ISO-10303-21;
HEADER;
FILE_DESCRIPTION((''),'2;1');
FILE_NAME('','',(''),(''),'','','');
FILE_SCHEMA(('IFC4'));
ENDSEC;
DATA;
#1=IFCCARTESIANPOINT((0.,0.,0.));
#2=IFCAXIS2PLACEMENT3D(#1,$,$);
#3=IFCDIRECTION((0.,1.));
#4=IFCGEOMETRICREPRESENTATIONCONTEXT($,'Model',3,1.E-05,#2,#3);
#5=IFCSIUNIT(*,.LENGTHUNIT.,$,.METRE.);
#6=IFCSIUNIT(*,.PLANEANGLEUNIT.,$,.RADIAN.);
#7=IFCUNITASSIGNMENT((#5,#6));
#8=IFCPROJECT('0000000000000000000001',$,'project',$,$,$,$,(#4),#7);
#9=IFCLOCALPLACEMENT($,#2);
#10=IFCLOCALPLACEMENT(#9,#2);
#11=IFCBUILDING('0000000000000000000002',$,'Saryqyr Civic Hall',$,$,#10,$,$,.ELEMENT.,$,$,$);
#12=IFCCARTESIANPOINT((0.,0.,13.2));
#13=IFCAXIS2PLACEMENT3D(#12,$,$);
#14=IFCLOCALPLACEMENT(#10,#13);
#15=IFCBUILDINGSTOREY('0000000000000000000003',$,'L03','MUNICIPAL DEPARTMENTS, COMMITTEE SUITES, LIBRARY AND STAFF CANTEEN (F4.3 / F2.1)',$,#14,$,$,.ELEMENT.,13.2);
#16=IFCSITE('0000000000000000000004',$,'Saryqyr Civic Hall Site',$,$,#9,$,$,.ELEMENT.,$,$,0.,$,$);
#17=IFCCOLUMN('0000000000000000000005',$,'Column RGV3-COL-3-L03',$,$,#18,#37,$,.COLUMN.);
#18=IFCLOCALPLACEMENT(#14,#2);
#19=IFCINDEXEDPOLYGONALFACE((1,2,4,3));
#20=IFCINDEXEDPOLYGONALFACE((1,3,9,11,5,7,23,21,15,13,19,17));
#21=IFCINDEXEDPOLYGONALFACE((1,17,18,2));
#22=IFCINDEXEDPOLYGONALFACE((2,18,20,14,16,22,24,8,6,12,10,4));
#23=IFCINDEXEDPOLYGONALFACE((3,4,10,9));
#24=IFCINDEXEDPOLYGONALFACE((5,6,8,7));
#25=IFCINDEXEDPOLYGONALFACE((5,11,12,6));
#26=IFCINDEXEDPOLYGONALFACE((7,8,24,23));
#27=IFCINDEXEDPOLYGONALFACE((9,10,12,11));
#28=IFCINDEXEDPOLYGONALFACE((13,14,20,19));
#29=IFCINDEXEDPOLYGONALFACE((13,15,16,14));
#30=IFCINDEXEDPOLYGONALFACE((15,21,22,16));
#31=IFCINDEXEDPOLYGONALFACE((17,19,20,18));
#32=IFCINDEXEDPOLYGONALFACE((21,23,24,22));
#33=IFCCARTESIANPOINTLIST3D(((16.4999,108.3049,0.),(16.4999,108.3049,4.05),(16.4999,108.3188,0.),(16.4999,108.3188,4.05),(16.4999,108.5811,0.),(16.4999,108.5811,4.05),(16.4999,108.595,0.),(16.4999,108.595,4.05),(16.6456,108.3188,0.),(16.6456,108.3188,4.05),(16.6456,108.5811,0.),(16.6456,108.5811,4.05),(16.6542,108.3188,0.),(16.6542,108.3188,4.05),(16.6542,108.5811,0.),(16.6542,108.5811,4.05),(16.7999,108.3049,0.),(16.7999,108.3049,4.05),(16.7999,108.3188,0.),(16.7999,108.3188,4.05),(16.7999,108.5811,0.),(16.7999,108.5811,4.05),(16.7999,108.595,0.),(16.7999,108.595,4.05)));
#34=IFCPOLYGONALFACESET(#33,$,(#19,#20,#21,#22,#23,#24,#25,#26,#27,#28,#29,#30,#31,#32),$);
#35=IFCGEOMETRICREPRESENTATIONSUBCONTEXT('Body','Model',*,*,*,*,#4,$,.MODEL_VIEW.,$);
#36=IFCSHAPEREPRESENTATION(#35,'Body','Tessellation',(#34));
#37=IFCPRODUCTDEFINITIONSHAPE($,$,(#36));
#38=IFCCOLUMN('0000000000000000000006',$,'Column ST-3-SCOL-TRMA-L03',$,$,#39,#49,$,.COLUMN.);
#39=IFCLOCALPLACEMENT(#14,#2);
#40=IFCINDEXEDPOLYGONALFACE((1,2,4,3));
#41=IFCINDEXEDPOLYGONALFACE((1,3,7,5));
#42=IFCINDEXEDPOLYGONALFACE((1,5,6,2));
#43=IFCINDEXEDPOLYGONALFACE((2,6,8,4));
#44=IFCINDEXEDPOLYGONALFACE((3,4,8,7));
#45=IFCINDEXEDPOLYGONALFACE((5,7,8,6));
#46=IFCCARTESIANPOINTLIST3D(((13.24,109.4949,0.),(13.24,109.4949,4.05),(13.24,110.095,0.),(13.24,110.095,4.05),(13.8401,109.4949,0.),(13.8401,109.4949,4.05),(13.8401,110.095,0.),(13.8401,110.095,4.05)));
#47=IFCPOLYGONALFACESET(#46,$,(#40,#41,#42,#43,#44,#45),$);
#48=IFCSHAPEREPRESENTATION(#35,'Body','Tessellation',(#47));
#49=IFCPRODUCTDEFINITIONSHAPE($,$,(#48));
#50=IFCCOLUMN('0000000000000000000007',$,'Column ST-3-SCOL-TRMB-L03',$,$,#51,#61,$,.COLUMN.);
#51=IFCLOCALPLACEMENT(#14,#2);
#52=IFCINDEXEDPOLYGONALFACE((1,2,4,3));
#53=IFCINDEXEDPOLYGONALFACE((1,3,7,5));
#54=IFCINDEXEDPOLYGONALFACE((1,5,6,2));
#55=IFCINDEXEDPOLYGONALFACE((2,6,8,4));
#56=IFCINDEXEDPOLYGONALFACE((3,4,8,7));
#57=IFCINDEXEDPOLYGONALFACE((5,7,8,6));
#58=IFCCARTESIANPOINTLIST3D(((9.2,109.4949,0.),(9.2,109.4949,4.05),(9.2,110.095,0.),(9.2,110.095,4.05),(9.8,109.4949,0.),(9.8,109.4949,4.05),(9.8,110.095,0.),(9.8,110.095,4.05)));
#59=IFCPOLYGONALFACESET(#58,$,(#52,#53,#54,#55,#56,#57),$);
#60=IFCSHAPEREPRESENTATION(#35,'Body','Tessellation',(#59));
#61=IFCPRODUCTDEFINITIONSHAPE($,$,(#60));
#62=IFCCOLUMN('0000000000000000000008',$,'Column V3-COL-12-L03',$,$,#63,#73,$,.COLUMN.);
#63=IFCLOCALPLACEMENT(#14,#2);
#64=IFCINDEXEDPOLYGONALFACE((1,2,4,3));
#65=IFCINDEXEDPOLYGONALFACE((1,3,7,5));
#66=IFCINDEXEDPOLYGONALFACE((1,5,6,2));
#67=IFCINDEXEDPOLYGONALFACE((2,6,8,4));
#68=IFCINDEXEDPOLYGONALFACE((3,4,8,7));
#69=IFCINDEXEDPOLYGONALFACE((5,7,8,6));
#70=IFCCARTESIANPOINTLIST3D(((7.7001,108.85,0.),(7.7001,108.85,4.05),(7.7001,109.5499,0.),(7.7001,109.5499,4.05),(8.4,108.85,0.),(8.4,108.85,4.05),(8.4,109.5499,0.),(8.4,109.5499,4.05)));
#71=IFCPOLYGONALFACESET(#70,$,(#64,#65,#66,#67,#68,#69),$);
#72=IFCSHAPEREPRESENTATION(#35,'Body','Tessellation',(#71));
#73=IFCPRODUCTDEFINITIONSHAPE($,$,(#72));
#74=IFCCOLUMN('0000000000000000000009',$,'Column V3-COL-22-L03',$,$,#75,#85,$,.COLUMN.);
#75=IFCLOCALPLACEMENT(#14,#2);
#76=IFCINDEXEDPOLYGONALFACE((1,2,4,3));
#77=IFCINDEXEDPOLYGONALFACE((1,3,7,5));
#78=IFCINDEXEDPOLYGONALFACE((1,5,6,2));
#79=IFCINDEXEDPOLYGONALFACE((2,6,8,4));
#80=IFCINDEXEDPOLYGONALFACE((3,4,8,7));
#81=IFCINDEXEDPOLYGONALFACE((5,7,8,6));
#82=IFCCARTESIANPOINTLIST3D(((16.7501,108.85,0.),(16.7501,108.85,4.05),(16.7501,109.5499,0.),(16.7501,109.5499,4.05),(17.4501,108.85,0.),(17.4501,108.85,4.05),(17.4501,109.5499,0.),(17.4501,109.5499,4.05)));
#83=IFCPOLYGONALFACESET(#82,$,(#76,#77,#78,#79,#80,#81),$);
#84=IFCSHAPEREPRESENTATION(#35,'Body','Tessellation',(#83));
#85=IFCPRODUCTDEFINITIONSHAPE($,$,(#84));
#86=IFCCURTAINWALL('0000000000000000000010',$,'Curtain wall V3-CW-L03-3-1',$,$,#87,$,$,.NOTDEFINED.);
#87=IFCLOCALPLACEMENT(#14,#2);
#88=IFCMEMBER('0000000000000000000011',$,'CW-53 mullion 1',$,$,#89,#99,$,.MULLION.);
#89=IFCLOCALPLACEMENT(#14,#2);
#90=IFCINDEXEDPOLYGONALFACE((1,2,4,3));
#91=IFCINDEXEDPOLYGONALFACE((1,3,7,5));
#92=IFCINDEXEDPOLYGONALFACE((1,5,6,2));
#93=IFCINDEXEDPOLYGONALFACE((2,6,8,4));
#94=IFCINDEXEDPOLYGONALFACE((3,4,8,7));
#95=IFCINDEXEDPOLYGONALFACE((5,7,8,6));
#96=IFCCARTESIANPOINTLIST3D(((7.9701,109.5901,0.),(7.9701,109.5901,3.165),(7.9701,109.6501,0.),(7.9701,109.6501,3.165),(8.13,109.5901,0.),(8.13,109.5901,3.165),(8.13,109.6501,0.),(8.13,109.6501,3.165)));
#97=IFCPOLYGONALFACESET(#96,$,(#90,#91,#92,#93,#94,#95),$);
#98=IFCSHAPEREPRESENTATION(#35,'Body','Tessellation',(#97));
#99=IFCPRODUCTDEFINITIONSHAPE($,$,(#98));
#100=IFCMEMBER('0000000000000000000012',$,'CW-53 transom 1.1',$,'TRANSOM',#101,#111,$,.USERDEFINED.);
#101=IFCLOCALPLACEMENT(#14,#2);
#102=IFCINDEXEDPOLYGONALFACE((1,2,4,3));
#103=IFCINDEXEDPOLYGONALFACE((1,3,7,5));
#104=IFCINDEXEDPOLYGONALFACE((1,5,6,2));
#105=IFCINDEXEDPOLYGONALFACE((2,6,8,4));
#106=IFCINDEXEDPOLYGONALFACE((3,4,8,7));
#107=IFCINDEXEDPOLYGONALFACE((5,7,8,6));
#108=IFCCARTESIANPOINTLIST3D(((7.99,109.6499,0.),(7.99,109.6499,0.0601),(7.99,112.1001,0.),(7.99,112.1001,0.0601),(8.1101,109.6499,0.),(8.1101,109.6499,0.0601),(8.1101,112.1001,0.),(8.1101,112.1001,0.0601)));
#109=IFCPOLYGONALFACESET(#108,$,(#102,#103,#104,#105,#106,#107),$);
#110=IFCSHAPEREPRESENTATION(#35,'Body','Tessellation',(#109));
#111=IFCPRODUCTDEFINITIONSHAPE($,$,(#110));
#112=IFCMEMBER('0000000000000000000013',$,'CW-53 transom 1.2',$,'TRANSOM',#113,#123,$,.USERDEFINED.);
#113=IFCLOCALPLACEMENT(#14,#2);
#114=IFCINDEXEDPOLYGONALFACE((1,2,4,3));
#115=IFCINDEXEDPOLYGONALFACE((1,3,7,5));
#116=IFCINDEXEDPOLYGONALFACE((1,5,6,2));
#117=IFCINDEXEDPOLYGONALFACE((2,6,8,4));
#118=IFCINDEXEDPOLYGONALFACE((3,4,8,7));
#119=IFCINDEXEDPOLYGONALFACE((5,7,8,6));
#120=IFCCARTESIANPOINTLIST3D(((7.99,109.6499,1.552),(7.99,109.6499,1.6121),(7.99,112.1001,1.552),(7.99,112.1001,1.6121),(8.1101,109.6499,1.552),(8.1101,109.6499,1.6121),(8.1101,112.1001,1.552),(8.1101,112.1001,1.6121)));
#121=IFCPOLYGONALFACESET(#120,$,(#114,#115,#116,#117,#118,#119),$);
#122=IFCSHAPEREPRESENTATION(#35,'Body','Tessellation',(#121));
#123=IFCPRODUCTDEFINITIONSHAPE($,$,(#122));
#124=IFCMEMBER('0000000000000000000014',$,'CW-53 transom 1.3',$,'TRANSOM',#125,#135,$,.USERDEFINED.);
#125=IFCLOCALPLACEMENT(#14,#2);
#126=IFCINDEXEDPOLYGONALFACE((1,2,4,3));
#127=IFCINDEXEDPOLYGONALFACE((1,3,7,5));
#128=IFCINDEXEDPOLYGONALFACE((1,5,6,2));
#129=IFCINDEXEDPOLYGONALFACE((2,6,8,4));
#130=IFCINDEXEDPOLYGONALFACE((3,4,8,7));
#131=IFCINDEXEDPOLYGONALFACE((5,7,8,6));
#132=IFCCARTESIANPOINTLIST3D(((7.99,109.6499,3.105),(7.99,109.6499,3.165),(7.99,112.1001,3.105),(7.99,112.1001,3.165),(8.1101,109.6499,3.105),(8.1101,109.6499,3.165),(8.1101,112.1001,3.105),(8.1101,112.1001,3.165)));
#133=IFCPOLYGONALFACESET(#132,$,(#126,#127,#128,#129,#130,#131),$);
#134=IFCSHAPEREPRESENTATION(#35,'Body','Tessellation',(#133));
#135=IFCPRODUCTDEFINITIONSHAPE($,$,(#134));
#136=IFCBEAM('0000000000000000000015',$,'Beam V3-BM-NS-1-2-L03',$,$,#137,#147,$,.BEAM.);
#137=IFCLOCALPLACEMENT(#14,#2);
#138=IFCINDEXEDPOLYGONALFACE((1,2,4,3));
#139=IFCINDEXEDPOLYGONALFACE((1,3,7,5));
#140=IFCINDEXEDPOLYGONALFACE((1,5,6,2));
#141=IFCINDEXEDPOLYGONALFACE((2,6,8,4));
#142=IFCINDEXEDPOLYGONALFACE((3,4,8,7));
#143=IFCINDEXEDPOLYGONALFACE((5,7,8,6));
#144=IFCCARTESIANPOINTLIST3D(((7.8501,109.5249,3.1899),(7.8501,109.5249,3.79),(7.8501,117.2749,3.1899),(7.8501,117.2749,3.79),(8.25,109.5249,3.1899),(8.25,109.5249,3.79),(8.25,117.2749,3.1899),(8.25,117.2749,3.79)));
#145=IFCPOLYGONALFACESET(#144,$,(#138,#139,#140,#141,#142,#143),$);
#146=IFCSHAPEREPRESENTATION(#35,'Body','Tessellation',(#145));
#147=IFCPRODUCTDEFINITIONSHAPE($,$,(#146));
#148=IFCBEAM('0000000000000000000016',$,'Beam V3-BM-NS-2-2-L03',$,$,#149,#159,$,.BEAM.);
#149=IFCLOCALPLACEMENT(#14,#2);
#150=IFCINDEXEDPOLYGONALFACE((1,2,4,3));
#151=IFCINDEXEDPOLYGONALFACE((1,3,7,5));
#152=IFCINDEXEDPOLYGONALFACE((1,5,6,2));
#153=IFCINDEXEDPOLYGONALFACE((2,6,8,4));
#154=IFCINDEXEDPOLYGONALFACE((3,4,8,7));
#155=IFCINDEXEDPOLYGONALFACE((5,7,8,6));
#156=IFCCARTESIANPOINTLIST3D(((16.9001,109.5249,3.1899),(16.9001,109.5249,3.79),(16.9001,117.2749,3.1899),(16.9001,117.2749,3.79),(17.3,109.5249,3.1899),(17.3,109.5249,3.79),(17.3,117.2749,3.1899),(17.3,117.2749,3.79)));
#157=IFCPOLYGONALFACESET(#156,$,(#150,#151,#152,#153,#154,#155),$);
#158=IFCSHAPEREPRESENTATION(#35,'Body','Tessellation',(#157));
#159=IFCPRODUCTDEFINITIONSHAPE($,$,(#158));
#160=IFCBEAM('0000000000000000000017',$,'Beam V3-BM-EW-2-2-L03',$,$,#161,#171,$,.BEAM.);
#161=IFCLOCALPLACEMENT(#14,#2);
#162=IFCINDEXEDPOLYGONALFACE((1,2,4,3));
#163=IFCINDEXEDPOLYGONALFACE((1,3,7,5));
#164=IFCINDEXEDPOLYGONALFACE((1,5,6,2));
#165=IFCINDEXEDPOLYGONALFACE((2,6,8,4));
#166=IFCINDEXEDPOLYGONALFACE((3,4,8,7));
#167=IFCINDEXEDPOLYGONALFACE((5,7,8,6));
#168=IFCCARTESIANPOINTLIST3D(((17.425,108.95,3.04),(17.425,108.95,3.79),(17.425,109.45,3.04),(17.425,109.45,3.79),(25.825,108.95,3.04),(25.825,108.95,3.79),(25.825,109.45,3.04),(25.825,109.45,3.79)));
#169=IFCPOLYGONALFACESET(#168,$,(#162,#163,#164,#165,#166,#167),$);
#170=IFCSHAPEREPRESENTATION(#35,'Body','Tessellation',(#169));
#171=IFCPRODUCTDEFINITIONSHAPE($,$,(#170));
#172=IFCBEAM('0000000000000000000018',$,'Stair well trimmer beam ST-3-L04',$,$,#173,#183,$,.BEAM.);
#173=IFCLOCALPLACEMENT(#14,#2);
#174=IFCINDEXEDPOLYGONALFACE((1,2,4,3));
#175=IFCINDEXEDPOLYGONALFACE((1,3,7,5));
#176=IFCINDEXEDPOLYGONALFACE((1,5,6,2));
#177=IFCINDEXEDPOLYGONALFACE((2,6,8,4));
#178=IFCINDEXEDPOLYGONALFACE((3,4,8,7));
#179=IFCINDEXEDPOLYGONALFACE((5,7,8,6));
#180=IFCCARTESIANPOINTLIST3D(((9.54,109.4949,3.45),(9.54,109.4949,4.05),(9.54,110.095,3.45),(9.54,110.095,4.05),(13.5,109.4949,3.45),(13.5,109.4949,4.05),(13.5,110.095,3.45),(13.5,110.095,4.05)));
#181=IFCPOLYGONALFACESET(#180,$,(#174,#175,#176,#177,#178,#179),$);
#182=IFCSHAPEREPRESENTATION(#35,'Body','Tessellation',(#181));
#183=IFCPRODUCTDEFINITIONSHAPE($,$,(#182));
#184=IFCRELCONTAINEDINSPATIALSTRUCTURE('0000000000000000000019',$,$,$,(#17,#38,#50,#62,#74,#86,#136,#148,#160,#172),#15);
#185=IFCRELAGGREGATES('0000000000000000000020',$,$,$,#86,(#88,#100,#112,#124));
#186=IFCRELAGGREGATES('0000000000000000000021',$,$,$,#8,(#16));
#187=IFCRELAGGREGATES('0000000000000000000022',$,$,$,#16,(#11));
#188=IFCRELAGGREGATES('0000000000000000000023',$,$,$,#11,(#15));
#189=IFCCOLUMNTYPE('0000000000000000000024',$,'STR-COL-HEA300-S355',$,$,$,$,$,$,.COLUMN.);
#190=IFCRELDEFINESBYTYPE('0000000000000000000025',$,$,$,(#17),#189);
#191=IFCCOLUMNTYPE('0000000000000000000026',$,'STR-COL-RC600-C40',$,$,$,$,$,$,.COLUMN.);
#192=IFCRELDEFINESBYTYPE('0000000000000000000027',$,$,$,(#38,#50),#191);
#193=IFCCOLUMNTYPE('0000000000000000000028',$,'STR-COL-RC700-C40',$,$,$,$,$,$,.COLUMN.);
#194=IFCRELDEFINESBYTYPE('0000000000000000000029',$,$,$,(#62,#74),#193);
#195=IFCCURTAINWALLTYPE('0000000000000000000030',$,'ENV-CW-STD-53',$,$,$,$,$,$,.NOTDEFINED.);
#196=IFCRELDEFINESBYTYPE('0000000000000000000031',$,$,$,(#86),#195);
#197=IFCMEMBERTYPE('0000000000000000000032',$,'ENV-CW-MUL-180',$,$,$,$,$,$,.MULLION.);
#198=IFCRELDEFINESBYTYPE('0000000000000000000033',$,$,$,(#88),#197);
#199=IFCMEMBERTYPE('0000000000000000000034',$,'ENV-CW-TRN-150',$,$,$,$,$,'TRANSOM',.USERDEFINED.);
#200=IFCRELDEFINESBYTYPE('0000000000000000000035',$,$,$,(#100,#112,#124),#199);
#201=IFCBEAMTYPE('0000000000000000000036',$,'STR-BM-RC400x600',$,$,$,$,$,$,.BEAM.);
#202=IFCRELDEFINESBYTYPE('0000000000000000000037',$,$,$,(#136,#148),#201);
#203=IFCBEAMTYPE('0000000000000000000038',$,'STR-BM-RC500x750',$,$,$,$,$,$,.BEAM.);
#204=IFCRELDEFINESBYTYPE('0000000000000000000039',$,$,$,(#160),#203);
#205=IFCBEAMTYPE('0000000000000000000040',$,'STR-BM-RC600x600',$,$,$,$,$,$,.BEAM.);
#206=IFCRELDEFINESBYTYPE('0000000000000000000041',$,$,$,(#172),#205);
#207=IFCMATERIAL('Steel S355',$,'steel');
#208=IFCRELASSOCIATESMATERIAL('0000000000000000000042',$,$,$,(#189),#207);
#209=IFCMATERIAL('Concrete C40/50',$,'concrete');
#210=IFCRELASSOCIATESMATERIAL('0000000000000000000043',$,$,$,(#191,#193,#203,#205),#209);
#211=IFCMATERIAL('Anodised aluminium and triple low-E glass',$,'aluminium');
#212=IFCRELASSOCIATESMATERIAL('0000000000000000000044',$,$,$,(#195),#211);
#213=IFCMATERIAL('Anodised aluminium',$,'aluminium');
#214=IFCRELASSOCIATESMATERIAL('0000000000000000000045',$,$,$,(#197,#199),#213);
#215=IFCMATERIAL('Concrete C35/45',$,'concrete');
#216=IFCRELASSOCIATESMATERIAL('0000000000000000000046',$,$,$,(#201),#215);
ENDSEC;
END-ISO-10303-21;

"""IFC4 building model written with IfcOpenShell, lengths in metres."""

from ifc_helpers import new_model, si_unit, direction, frame, origin, origin_2d, place, context, subcontext, project, spatial, rectangle, i_section, extrude, material, material_profile, profile_set, type_object, element, aggregate, save


model = new_model("IFC4")

# Units and contexts
model_context = context("Model", 3, precision=1e-05, world=origin(), true_north=direction((0.0, 1.0)))
body_context = subcontext(model_context, "Body", "Model", "MODEL_VIEW")
ifc_project = project(units=[si_unit("LENGTHUNIT", "METRE"), si_unit("PLANEANGLEUNIT", "RADIAN")], contexts=[model_context])

# Site, building, storey
site_placement = place(None, origin())
site = spatial("IfcSite", under=ifc_project, at=site_placement, Name="Saryqyr Civic Hall Site", CompositionType="ELEMENT", RefElevation=0.0)
building_placement = place(site_placement, origin())
building = spatial("IfcBuilding", under=site, at=building_placement, Name="Saryqyr Civic Hall", CompositionType="ELEMENT")
storey_placement = place(building_placement, frame((0.0, 0.0, 13.2)))
storey = spatial("IfcBuildingStorey", under=building, at=storey_placement, Name="L03", Description="MUNICIPAL DEPARTMENTS, COMMITTEE SUITES, LIBRARY AND STAFF CANTEEN (F4.3 / F2.1)", CompositionType="ELEMENT", Elevation=13.2)

# Columns
ifc_material_1 = material(Name="Steel S355", Category="steel")
ifc_material_profile_1 = material_profile(ifc_material_1, i_section(OverallWidth=0.3, OverallDepth=0.29, WebThickness=0.0085, FlangeThickness=0.0139, at=origin_2d()), Name="HEA 300")
ifc_profile_set_1 = profile_set([ifc_material_profile_1], Name="Steel S355")
column_type_1 = type_object("IfcColumnType", Name="STR-COL-HEA300-S355", PredefinedType="COLUMN", material=ifc_profile_set_1)
column_placement = place(storey_placement, frame((16.6499, 108.45, 0.0), z_axis=(0.0, 0.0, 1.0), x_axis=(1.0, 0.0, 0.0)))
element("IfcColumn", 1, at=column_placement, inside=storey, type_object=column_type_1, Name="Column RGV3-COL-3-L03", PredefinedType="COLUMN", context=body_context, shape_type="SweptSolid", body=[
    extrude(i_section(OverallWidth=0.3, OverallDepth=0.29, WebThickness=0.0085, FlangeThickness=0.0139, at=origin_2d()), origin(), (0.0, 0.0, 1.0), 4.05),
])
ifc_material_2 = material(Name="Concrete C40/50", Category="concrete")
ifc_material_profile_2 = material_profile(ifc_material_2, rectangle(XDim=0.6001, YDim=0.6001, at=origin_2d()), Name="RC 600x600")
ifc_profile_set_2 = profile_set([ifc_material_profile_2], Name="Concrete C40/50")
column_type_2 = type_object("IfcColumnType", Name="STR-COL-RC600-C40", PredefinedType="COLUMN", material=ifc_profile_set_2)
for number, where, z_axis, x_axis, name in (
    (2, (13.54, 109.7949, 0.0), (0.0, 0.0, 1.0), (1.0, 0.0, 0.0), "Column ST-3-SCOL-TRMA-L03"),
    (3, (9.5, 109.7949, 0.0), (0.0, 0.0, 1.0), (1.0, 0.0, 0.0), "Column ST-3-SCOL-TRMB-L03"),
):
    element("IfcColumn", number, at=place(storey_placement, frame(where, z_axis=z_axis, x_axis=x_axis)), inside=storey, type_object=column_type_2, Name=name, PredefinedType="COLUMN", context=body_context, shape_type="SweptSolid", body=[
        extrude(rectangle(XDim=0.6001, YDim=0.6001, at=origin_2d()), origin(), (0.0, 0.0, 1.0), 4.05),
    ])
ifc_material_profile_3 = material_profile(ifc_material_2, rectangle(XDim=0.7, YDim=0.7, at=origin_2d()), Name="RC 700x700")
ifc_profile_set_3 = profile_set([ifc_material_profile_3], Name="Concrete C40/50")
column_type_3 = type_object("IfcColumnType", Name="STR-COL-RC700-C40", PredefinedType="COLUMN", material=ifc_profile_set_3)
for number, where, z_axis, x_axis, name in (
    (4, (8.05, 109.2, 0.0), (0.0, 0.0, 1.0), (1.0, 0.0, 0.0), "Column V3-COL-12-L03"),
    (5, (17.1001, 109.2, 0.0), (0.0, 0.0, 1.0), (1.0, 0.0, 0.0), "Column V3-COL-22-L03"),
):
    element("IfcColumn", number, at=place(storey_placement, frame(where, z_axis=z_axis, x_axis=x_axis)), inside=storey, type_object=column_type_3, Name=name, PredefinedType="COLUMN", context=body_context, shape_type="SweptSolid", body=[
        extrude(rectangle(XDim=0.7, YDim=0.7, at=origin_2d()), origin(), (0.0, 0.0, 1.0), 4.05),
    ])

# Curtain wall, members
ifc_material_3 = material(Name="Anodised aluminium and triple low-E glass", Category="aluminium")
curtain_wall_type = type_object("IfcCurtainWallType", Name="ENV-CW-STD-53", PredefinedType="NOTDEFINED", material=ifc_material_3)
curtain_wall_placement = place(storey_placement, origin())
curtain_wall = element("IfcCurtainWall", 6, at=curtain_wall_placement, inside=storey, type_object=curtain_wall_type, Name="Curtain wall V3-CW-L03-3-1", PredefinedType="NOTDEFINED")
ifc_material_4 = material(Name="Anodised aluminium", Category="aluminium")
ifc_material_profile_4 = material_profile(ifc_material_4, rectangle(XDim=0.0601, YDim=0.1599, at=origin_2d()), Name="ALU MULLION 60x160")
ifc_profile_set_4 = profile_set([ifc_material_profile_4], Name="Anodised aluminium")
member_type_1 = type_object("IfcMemberType", Name="ENV-CW-MUL-180", PredefinedType="MULLION", material=ifc_profile_set_4)
member_1_placement = place(storey_placement, frame((8.05, 109.6201, 0.0), z_axis=(0.0, 0.0, 1.0), x_axis=(0.0, 1.0, 0.0)))
member_1 = element("IfcMember", 7, at=member_1_placement, type_object=member_type_1, Name="CW-53 mullion 1", PredefinedType="MULLION", context=body_context, shape_type="SweptSolid", body=[
    extrude(rectangle(XDim=0.0601, YDim=0.1599, at=origin_2d()), origin(), (0.0, 0.0, 1.0), 3.165),
])
ifc_material_profile_5 = material_profile(ifc_material_4, rectangle(XDim=0.1201, YDim=0.0601, at=origin_2d()), Name="ALU TRANSOM 120x60")
ifc_profile_set_5 = profile_set([ifc_material_profile_5], Name="Anodised aluminium")
member_type_2 = type_object("IfcMemberType", Name="ENV-CW-TRN-150", ElementType="TRANSOM", PredefinedType="USERDEFINED", material=ifc_profile_set_5)
member_2_placement = place(storey_placement, frame((8.05, 109.6499, 0.03), z_axis=(0.0, 1.0, 0.0), x_axis=(-1.0, 0.0, 0.0)))
member_2 = element("IfcMember", 8, at=member_2_placement, type_object=member_type_2, Name="CW-53 transom 1.1", ObjectType="TRANSOM", PredefinedType="USERDEFINED", context=body_context, shape_type="SweptSolid", body=[
    extrude(rectangle(XDim=0.1201, YDim=0.0601, at=origin_2d()), origin(), (0.0, 0.0, 1.0), 2.4502),
])
member_3_placement = place(storey_placement, frame((8.05, 109.6499, 1.582), z_axis=(0.0, 1.0, 0.0), x_axis=(-1.0, 0.0, 0.0)))
member_3 = element("IfcMember", 9, at=member_3_placement, type_object=member_type_2, Name="CW-53 transom 1.2", ObjectType="TRANSOM", PredefinedType="USERDEFINED", context=body_context, shape_type="SweptSolid", body=[
    extrude(rectangle(XDim=0.1201, YDim=0.0601, at=origin_2d()), origin(), (0.0, 0.0, 1.0), 2.4502),
])
member_4_placement = place(storey_placement, frame((8.05, 109.6499, 3.135), z_axis=(0.0, 1.0, 0.0), x_axis=(-1.0, 0.0, 0.0)))
member_4 = element("IfcMember", 10, at=member_4_placement, type_object=member_type_2, Name="CW-53 transom 1.3", ObjectType="TRANSOM", PredefinedType="USERDEFINED", context=body_context, shape_type="SweptSolid", body=[
    extrude(rectangle(XDim=0.1201, YDim=0.0601, at=origin_2d()), origin(), (0.0, 0.0, 1.0), 2.4502),
])

# Beams
ifc_material_5 = material(Name="Concrete C35/45", Category="concrete")
ifc_material_profile_6 = material_profile(ifc_material_5, rectangle(XDim=0.3999, YDim=0.6001, at=origin_2d()), Name="RC 400x600")
ifc_profile_set_6 = profile_set([ifc_material_profile_6], Name="Concrete C35/45")
beam_type_1 = type_object("IfcBeamType", Name="STR-BM-RC400x600", PredefinedType="BEAM", material=ifc_profile_set_6)
for number, where, z_axis, x_axis, name in (
    (11, (8.05, 109.5249, 3.49), (0.0, 1.0, 0.0), (-1.0, 0.0, 0.0), "Beam V3-BM-NS-1-2-L03"),
    (12, (17.1001, 109.5249, 3.49), (0.0, 1.0, 0.0), (-1.0, 0.0, 0.0), "Beam V3-BM-NS-2-2-L03"),
):
    element("IfcBeam", number, at=place(storey_placement, frame(where, z_axis=z_axis, x_axis=x_axis)), inside=storey, type_object=beam_type_1, Name=name, PredefinedType="BEAM", context=body_context, shape_type="SweptSolid", body=[
        extrude(rectangle(XDim=0.3999, YDim=0.6001, at=origin_2d()), origin(), (0.0, 0.0, 1.0), 7.75),
    ])
ifc_material_profile_7 = material_profile(ifc_material_2, rectangle(XDim=0.5, YDim=0.75, at=origin_2d()), Name="RC 500x750")
ifc_profile_set_7 = profile_set([ifc_material_profile_7], Name="Concrete C40/50")
beam_type_2 = type_object("IfcBeamType", Name="STR-BM-RC500x750", PredefinedType="BEAM", material=ifc_profile_set_7)
beam_1_placement = place(storey_placement, frame((17.425, 109.2, 3.415), z_axis=(1.0, 0.0, 0.0), x_axis=(0.0, 1.0, 0.0)))
element("IfcBeam", 13, at=beam_1_placement, inside=storey, type_object=beam_type_2, Name="Beam V3-BM-EW-2-2-L03", PredefinedType="BEAM", context=body_context, shape_type="SweptSolid", body=[
    extrude(rectangle(XDim=0.5, YDim=0.75, at=origin_2d()), origin(), (0.0, 0.0, 1.0), 8.3999),
])
ifc_material_profile_8 = material_profile(ifc_material_2, rectangle(XDim=0.6001, YDim=0.6001, at=origin_2d()), Name="RC 600x600")
ifc_profile_set_8 = profile_set([ifc_material_profile_8], Name="Concrete C40/50")
beam_type_3 = type_object("IfcBeamType", Name="STR-BM-RC600x600", PredefinedType="BEAM", material=ifc_profile_set_8)
beam_2_placement = place(storey_placement, frame((13.5, 109.7949, 3.75), z_axis=(-1.0, 0.0, 0.0), x_axis=(0.0, -1.0, 0.0)))
element("IfcBeam", 14, at=beam_2_placement, inside=storey, type_object=beam_type_3, Name="Stair well trimmer beam ST-3-L04", PredefinedType="BEAM", context=body_context, shape_type="SweptSolid", body=[
    extrude(rectangle(XDim=0.6001, YDim=0.6001, at=origin_2d()), origin(), (0.0, 0.0, 1.0), 3.96),
])

aggregate(curtain_wall, [member_1, member_2, member_3, member_4])

save(model, "model.ifc")
